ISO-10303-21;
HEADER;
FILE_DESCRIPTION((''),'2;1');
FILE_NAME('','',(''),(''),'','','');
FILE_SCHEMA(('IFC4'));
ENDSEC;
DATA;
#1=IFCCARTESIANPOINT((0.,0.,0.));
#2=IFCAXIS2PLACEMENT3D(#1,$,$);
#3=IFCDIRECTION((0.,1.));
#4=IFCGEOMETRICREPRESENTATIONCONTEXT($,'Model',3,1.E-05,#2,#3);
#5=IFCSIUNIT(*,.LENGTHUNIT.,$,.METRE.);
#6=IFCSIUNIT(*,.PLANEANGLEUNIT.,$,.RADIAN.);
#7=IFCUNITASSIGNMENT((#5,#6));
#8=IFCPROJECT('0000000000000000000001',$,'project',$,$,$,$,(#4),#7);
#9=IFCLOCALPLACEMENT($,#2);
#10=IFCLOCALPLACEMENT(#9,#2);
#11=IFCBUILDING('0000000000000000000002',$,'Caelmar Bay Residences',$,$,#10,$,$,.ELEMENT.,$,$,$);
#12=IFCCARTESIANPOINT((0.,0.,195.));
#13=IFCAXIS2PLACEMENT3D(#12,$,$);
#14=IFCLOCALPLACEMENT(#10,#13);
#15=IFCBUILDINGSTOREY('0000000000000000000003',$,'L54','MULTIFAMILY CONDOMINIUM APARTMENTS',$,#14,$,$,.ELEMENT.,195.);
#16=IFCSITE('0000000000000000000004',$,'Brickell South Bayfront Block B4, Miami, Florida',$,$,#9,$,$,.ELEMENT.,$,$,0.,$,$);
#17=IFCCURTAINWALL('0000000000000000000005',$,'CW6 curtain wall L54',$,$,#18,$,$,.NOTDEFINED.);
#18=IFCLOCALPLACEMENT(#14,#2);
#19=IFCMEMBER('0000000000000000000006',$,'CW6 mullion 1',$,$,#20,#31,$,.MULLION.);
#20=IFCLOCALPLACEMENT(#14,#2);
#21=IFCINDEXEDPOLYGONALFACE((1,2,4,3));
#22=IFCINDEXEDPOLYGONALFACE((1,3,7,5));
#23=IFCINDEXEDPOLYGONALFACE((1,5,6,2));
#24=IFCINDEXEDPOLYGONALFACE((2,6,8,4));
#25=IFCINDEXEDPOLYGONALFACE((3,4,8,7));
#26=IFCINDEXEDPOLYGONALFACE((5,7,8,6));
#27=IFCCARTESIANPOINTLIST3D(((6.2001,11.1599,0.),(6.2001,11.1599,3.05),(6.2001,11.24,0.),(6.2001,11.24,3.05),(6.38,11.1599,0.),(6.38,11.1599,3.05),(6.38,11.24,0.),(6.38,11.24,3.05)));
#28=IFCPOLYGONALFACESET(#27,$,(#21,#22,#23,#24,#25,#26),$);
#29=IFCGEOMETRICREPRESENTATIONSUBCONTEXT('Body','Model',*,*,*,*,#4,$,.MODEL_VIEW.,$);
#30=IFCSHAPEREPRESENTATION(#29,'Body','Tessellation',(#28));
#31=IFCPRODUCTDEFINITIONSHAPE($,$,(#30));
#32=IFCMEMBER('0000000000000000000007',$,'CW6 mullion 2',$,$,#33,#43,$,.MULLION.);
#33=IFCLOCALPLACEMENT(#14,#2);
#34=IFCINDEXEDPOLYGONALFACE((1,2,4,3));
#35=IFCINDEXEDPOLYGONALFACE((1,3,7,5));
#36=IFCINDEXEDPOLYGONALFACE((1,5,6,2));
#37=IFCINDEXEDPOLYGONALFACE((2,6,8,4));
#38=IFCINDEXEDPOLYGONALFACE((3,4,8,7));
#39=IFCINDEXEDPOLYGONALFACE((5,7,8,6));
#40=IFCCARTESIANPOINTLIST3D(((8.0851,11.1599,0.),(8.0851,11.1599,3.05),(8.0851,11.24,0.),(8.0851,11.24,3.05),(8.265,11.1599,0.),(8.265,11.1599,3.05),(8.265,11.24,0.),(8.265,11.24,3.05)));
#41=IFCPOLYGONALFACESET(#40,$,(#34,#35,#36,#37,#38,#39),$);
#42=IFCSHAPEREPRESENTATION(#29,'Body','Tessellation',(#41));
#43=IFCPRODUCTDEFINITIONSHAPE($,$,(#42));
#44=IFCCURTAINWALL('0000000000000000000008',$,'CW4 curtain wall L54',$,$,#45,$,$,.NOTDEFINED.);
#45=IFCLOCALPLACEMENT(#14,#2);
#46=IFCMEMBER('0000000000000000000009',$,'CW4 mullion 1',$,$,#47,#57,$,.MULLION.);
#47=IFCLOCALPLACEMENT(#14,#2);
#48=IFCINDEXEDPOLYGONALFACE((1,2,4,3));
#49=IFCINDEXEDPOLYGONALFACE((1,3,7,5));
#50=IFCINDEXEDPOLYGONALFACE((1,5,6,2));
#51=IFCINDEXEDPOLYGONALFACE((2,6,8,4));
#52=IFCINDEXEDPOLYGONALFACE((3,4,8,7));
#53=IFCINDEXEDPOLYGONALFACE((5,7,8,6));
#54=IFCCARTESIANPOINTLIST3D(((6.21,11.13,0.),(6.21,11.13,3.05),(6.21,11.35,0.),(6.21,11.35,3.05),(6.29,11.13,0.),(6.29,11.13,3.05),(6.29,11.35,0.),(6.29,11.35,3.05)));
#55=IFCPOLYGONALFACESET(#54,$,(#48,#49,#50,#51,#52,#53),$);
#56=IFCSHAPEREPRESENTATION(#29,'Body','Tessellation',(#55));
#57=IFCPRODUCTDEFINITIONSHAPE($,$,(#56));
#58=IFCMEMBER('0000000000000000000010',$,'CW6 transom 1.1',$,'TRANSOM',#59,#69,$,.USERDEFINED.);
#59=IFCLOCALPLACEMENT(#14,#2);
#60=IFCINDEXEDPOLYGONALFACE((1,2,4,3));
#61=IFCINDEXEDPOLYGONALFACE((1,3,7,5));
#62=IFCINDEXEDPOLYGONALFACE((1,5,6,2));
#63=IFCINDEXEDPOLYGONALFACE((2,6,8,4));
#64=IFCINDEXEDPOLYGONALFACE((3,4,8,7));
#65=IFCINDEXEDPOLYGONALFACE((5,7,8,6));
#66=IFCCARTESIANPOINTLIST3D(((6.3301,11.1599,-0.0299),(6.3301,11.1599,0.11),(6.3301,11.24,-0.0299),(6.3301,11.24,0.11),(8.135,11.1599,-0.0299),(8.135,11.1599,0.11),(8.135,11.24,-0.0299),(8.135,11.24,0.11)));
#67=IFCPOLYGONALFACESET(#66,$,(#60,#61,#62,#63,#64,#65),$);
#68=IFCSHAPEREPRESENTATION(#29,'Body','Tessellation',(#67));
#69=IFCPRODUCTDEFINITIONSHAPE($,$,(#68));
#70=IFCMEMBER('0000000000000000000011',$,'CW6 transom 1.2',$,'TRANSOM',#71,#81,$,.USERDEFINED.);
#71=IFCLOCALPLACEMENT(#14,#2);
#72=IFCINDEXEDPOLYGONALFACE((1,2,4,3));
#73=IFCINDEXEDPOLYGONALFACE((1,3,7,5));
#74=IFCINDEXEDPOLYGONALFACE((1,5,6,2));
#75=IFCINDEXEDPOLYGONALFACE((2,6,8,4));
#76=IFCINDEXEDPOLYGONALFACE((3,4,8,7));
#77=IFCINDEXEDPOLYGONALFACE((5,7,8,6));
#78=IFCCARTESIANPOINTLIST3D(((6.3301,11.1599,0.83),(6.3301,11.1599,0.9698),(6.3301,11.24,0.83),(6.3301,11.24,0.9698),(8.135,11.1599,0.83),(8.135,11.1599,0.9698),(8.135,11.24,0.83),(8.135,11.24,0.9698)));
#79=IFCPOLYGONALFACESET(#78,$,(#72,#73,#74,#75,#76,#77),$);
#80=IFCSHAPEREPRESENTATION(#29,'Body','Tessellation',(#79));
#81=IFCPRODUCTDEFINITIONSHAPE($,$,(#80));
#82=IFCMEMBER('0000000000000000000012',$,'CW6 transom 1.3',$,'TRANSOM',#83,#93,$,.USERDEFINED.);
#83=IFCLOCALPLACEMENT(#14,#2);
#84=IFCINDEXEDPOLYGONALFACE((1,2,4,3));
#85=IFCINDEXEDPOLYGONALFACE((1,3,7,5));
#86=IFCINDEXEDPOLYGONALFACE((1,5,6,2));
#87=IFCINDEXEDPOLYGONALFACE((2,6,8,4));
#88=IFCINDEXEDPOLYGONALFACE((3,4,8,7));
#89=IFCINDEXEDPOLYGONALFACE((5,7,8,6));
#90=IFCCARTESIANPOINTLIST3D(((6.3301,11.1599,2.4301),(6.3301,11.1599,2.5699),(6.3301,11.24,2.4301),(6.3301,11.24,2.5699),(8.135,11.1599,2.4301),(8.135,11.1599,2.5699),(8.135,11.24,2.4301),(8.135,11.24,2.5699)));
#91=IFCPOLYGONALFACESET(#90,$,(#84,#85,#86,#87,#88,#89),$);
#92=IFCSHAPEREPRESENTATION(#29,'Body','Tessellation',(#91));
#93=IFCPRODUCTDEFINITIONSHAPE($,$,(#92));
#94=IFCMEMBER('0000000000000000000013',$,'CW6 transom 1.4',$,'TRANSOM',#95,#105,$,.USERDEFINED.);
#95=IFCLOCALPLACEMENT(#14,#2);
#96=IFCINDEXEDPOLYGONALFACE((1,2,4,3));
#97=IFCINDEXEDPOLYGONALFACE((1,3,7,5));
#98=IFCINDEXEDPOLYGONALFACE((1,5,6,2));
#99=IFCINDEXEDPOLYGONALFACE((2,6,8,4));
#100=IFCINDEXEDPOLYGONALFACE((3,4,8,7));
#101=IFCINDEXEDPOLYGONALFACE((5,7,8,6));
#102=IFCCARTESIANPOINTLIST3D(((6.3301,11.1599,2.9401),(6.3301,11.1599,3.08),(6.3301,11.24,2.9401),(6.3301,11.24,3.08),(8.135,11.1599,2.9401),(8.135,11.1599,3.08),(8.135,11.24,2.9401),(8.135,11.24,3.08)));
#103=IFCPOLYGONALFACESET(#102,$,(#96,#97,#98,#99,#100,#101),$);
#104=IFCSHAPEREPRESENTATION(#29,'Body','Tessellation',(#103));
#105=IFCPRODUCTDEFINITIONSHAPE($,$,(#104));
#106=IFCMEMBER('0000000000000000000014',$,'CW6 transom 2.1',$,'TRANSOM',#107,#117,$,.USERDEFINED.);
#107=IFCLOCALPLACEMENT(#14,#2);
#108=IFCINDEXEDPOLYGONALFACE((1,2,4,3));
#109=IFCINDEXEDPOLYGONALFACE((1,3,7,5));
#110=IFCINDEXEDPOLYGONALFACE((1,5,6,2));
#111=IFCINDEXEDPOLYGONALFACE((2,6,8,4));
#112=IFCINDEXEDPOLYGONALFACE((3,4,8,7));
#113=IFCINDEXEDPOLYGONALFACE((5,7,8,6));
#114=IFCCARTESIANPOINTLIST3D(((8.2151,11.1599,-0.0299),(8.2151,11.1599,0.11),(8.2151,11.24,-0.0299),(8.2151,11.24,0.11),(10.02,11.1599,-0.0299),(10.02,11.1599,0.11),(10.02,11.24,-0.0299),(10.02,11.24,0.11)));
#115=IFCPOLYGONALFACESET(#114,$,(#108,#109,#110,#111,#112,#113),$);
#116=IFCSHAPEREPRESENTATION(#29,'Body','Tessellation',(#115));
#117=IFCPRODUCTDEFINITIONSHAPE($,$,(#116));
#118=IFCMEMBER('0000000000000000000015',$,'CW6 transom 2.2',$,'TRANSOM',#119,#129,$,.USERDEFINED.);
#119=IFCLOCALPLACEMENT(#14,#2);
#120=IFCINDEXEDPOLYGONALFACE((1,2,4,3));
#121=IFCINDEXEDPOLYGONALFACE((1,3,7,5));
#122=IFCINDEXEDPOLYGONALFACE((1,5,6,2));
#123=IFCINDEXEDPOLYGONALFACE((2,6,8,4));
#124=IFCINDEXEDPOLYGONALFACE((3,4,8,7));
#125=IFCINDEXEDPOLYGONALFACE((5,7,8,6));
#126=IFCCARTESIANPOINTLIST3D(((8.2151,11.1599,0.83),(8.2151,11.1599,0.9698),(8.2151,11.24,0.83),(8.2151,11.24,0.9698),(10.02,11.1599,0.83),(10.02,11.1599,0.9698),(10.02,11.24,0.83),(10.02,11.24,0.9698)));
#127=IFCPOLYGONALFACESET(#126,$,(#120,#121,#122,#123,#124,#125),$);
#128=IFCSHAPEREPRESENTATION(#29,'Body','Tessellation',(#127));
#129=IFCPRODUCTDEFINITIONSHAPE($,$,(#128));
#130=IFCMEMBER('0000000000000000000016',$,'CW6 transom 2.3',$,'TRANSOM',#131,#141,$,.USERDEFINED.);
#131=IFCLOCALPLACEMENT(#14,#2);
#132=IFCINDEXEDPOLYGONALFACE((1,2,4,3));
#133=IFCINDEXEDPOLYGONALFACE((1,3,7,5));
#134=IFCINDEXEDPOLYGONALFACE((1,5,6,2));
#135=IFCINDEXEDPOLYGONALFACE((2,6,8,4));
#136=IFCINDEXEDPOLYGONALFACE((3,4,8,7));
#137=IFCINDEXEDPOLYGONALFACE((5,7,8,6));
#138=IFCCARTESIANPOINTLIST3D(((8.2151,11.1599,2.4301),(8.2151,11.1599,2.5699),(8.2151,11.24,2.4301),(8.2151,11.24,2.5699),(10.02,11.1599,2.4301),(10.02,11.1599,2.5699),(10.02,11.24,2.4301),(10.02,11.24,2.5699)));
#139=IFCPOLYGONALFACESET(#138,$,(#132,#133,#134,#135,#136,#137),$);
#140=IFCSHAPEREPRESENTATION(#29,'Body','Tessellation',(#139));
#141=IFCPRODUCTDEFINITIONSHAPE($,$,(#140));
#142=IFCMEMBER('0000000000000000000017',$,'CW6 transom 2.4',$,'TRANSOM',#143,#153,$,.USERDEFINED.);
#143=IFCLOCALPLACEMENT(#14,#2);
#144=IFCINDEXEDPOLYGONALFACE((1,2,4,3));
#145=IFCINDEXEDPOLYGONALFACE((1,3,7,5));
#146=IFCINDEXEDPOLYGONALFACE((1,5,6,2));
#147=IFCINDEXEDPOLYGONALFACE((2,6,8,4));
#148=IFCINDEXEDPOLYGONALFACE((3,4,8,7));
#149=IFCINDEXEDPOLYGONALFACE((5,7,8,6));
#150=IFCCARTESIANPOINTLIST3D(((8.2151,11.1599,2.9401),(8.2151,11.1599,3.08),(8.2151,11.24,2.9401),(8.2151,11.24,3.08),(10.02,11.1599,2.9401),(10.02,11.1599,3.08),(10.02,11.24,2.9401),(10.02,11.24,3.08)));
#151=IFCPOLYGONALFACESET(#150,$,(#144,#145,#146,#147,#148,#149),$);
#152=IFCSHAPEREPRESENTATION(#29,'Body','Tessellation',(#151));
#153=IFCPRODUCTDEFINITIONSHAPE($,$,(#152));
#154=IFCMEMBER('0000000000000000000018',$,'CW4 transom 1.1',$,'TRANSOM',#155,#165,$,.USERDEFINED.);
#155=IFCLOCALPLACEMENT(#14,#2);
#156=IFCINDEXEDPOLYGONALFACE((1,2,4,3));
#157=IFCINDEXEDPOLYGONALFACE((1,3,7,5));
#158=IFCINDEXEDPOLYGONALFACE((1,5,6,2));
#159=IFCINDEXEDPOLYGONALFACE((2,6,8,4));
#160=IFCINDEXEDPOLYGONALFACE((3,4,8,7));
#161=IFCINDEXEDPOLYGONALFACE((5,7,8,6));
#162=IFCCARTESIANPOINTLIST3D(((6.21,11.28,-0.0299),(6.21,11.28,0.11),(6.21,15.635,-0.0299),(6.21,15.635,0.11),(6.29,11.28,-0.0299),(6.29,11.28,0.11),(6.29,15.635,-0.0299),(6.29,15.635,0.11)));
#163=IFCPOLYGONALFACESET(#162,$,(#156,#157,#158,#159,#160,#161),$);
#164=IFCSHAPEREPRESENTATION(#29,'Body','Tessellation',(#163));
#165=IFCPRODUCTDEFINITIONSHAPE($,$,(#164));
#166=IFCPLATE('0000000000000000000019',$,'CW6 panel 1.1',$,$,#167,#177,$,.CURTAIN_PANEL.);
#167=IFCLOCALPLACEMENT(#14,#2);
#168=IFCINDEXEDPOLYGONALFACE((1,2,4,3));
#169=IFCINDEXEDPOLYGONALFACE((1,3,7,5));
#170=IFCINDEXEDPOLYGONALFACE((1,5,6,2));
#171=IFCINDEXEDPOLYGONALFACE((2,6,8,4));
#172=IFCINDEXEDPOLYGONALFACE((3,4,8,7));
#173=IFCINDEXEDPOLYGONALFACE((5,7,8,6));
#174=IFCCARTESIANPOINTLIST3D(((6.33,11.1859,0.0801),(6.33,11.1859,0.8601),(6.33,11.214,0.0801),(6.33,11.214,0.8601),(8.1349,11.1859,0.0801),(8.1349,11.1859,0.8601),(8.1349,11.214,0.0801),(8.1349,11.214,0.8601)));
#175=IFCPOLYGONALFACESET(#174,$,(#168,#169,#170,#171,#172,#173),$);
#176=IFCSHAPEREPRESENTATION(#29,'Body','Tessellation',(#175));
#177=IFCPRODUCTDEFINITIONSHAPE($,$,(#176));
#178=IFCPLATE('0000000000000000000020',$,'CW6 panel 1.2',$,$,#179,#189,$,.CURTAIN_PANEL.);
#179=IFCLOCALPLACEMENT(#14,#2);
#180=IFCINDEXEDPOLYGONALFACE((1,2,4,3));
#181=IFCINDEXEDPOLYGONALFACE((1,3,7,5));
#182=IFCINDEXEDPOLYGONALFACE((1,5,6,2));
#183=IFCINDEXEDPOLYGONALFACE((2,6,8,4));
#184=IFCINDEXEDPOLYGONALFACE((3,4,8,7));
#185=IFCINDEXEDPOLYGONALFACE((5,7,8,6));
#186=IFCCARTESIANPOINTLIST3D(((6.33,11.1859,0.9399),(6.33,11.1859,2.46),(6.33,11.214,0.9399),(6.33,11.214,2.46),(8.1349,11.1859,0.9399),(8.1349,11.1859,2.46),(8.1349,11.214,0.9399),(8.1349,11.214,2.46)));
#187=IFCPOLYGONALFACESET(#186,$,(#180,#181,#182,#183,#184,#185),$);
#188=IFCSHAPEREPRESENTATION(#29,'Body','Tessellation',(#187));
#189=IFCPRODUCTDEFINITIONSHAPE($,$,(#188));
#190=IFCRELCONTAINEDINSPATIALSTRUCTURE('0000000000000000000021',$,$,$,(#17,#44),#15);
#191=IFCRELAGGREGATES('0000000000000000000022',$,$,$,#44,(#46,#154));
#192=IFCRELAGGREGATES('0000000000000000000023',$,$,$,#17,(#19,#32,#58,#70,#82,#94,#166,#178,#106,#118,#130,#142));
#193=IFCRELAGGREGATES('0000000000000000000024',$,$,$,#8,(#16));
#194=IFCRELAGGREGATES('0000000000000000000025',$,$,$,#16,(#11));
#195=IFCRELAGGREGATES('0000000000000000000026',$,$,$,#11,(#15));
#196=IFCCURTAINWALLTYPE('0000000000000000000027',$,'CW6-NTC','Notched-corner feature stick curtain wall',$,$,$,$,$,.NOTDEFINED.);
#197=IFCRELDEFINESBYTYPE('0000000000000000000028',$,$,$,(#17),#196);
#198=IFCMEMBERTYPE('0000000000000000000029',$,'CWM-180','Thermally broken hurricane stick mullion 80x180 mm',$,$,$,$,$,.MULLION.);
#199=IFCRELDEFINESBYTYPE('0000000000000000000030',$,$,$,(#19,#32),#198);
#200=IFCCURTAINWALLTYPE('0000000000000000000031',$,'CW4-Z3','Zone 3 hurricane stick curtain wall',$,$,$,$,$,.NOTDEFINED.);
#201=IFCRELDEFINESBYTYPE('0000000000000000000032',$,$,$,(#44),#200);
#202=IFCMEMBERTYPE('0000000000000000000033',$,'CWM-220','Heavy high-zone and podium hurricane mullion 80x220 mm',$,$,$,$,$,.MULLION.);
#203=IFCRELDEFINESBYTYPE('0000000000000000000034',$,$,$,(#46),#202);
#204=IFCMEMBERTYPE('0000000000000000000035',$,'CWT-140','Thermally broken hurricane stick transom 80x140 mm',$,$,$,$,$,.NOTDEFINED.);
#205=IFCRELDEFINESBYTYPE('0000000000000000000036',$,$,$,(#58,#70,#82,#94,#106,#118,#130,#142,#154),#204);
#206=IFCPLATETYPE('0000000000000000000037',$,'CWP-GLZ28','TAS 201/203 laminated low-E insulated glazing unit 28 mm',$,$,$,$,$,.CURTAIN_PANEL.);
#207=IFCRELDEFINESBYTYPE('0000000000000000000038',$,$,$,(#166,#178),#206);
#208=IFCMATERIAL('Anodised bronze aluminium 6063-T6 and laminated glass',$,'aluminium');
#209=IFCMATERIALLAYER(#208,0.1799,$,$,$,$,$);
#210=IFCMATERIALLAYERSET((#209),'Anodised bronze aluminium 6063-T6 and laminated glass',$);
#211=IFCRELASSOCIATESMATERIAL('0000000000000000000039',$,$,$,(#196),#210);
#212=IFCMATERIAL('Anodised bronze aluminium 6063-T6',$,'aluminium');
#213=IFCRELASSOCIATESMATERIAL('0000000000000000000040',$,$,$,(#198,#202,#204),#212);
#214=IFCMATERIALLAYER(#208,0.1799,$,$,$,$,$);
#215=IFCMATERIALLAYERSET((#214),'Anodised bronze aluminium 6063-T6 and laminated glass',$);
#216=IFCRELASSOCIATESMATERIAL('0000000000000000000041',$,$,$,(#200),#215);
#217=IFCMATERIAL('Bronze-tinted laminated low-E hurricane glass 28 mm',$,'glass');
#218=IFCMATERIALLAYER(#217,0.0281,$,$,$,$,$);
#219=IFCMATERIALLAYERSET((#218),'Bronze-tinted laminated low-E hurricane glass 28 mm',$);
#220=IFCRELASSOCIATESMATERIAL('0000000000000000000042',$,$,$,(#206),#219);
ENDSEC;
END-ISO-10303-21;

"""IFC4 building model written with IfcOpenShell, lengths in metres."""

from ifc_helpers import new_model, si_unit, direction, frame, origin, origin_2d, place, context, subcontext, project, spatial, rectangle, extrude, material, layer, layer_set, material_profile, profile_set, type_object, element, aggregate, save


model = new_model("IFC4")

# Units and contexts
model_context = context("Model", 3, precision=1e-05, world=origin(), true_north=direction((0.0, 1.0)))
body_context = subcontext(model_context, "Body", "Model", "MODEL_VIEW")
ifc_project = project(units=[si_unit("LENGTHUNIT", "METRE"), si_unit("PLANEANGLEUNIT", "RADIAN")], contexts=[model_context])

# Site, building, storey
site_placement = place(None, origin())
site = spatial("IfcSite", under=ifc_project, at=site_placement, Name="Brickell South Bayfront Block B4, Miami, Florida", CompositionType="ELEMENT", RefElevation=0.0)
building_placement = place(site_placement, origin())
building = spatial("IfcBuilding", under=site, at=building_placement, Name="Caelmar Bay Residences", CompositionType="ELEMENT")
storey_placement = place(building_placement, frame((0.0, 0.0, 195.0)))
storey = spatial("IfcBuildingStorey", under=building, at=storey_placement, Name="L54", Description="MULTIFAMILY CONDOMINIUM APARTMENTS", CompositionType="ELEMENT", Elevation=195.0)

# Curtain wall, members
ifc_material_1 = material(Name="Anodised bronze aluminium 6063-T6 and laminated glass", Category="aluminium")
ifc_layer_1 = layer(ifc_material_1, 0.1799)
ifc_layer_set_1 = layer_set([ifc_layer_1], Name="Anodised bronze aluminium 6063-T6 and laminated glass")
curtain_wall_type_1 = type_object("IfcCurtainWallType", Name="CW6-NTC", Description="Notched-corner feature stick curtain wall", PredefinedType="NOTDEFINED", material=ifc_layer_set_1)
curtain_wall_1_placement = place(storey_placement, origin())
curtain_wall_1 = element("IfcCurtainWall", 1, at=curtain_wall_1_placement, inside=storey, type_object=curtain_wall_type_1, Name="CW6 curtain wall L54", PredefinedType="NOTDEFINED")
ifc_material_2 = material(Name="Anodised bronze aluminium 6063-T6", Category="aluminium")
ifc_material_profile_1 = material_profile(ifc_material_2, rectangle(XDim=0.0801, YDim=0.1799, at=origin_2d()), Name="CWM-80X180")
ifc_profile_set_1 = profile_set([ifc_material_profile_1], Name="Anodised bronze aluminium 6063-T6")
member_type_1 = type_object("IfcMemberType", Name="CWM-180", Description="Thermally broken hurricane stick mullion 80x180 mm", PredefinedType="MULLION", material=ifc_profile_set_1)
member_1_placement = place(storey_placement, frame((6.29, 11.2, 0.0), z_axis=(0.0, 0.0, 1.0), x_axis=(0.0, 1.0, 0.0)))
member_1 = element("IfcMember", 2, at=member_1_placement, type_object=member_type_1, Name="CW6 mullion 1", PredefinedType="MULLION", context=body_context, shape_type="SweptSolid", body=[
    extrude(rectangle(XDim=0.0801, YDim=0.1799, at=origin_2d()), origin(), (0.0, 0.0, 1.0), 3.05),
])
member_2_placement = place(storey_placement, frame((8.175, 11.2, 0.0), z_axis=(0.0, 0.0, 1.0), x_axis=(0.0, 1.0, 0.0)))
member_2 = element("IfcMember", 3, at=member_2_placement, type_object=member_type_1, Name="CW6 mullion 2", PredefinedType="MULLION", context=body_context, shape_type="SweptSolid", body=[
    extrude(rectangle(XDim=0.0801, YDim=0.1799, at=origin_2d()), origin(), (0.0, 0.0, 1.0), 3.05),
])

# Curtain wall, member
ifc_layer_2 = layer(ifc_material_1, 0.1799)
ifc_layer_set_2 = layer_set([ifc_layer_2], Name="Anodised bronze aluminium 6063-T6 and laminated glass")
curtain_wall_type_2 = type_object("IfcCurtainWallType", Name="CW4-Z3", Description="Zone 3 hurricane stick curtain wall", PredefinedType="NOTDEFINED", material=ifc_layer_set_2)
curtain_wall_2_placement = place(storey_placement, origin())
curtain_wall_2 = element("IfcCurtainWall", 4, at=curtain_wall_2_placement, inside=storey, type_object=curtain_wall_type_2, Name="CW4 curtain wall L54", PredefinedType="NOTDEFINED")
ifc_material_profile_2 = material_profile(ifc_material_2, rectangle(XDim=0.0801, YDim=0.22, at=origin_2d()), Name="CWM-80X220")
ifc_profile_set_2 = profile_set([ifc_material_profile_2], Name="Anodised bronze aluminium 6063-T6")
member_type_2 = type_object("IfcMemberType", Name="CWM-220", Description="Heavy high-zone and podium hurricane mullion 80x220 mm", PredefinedType="MULLION", material=ifc_profile_set_2)
member_3_placement = place(storey_placement, frame((6.25, 11.24, 0.0), z_axis=(0.0, 0.0, 1.0), x_axis=(-1.0, 0.0, 0.0)))
member_3 = element("IfcMember", 5, at=member_3_placement, type_object=member_type_2, Name="CW4 mullion 1", PredefinedType="MULLION", context=body_context, shape_type="SweptSolid", body=[
    extrude(rectangle(XDim=0.0801, YDim=0.22, at=origin_2d()), origin(), (0.0, 0.0, 1.0), 3.05),
])

# Members
ifc_material_profile_3 = material_profile(ifc_material_2, rectangle(XDim=0.0801, YDim=0.1399, at=origin_2d()), Name="CWT-80X140")
ifc_profile_set_3 = profile_set([ifc_material_profile_3], Name="Anodised bronze aluminium 6063-T6")
member_type_3 = type_object("IfcMemberType", Name="CWT-140", Description="Thermally broken hurricane stick transom 80x140 mm", PredefinedType="NOTDEFINED", material=ifc_profile_set_3)
member_4_placement = place(storey_placement, frame((6.3301, 11.2, 0.04), z_axis=(1.0, 0.0, 0.0), x_axis=(0.0, 1.0, 0.0)))
member_4 = element("IfcMember", 6, at=member_4_placement, type_object=member_type_3, Name="CW6 transom 1.1", ObjectType="TRANSOM", PredefinedType="USERDEFINED", context=body_context, shape_type="SweptSolid", body=[
    extrude(rectangle(XDim=0.0801, YDim=0.1399, at=origin_2d()), origin(), (0.0, 0.0, 1.0), 1.8049),
])
member_5_placement = place(storey_placement, frame((6.3301, 11.2, 0.8999), z_axis=(1.0, 0.0, 0.0), x_axis=(0.0, 1.0, 0.0)))
member_5 = element("IfcMember", 7, at=member_5_placement, type_object=member_type_3, Name="CW6 transom 1.2", ObjectType="TRANSOM", PredefinedType="USERDEFINED", context=body_context, shape_type="SweptSolid", body=[
    extrude(rectangle(XDim=0.0801, YDim=0.1399, at=origin_2d()), origin(), (0.0, 0.0, 1.0), 1.8049),
])
member_6_placement = place(storey_placement, frame((6.3301, 11.2, 2.5), z_axis=(1.0, 0.0, 0.0), x_axis=(0.0, 1.0, 0.0)))
member_6 = element("IfcMember", 8, at=member_6_placement, type_object=member_type_3, Name="CW6 transom 1.3", ObjectType="TRANSOM", PredefinedType="USERDEFINED", context=body_context, shape_type="SweptSolid", body=[
    extrude(rectangle(XDim=0.0801, YDim=0.1399, at=origin_2d()), origin(), (0.0, 0.0, 1.0), 1.8049),
])
member_7_placement = place(storey_placement, frame((6.3301, 11.2, 3.01), z_axis=(1.0, 0.0, 0.0), x_axis=(0.0, 1.0, 0.0)))
member_7 = element("IfcMember", 9, at=member_7_placement, type_object=member_type_3, Name="CW6 transom 1.4", ObjectType="TRANSOM", PredefinedType="USERDEFINED", context=body_context, shape_type="SweptSolid", body=[
    extrude(rectangle(XDim=0.0801, YDim=0.1399, at=origin_2d()), origin(), (0.0, 0.0, 1.0), 1.8049),
])
member_8_placement = place(storey_placement, frame((8.2151, 11.2, 0.04), z_axis=(1.0, 0.0, 0.0), x_axis=(0.0, 1.0, 0.0)))
member_8 = element("IfcMember", 10, at=member_8_placement, type_object=member_type_3, Name="CW6 transom 2.1", ObjectType="TRANSOM", PredefinedType="USERDEFINED", context=body_context, shape_type="SweptSolid", body=[
    extrude(rectangle(XDim=0.0801, YDim=0.1399, at=origin_2d()), origin(), (0.0, 0.0, 1.0), 1.8049),
])
member_9_placement = place(storey_placement, frame((8.2151, 11.2, 0.8999), z_axis=(1.0, 0.0, 0.0), x_axis=(0.0, 1.0, 0.0)))
member_9 = element("IfcMember", 11, at=member_9_placement, type_object=member_type_3, Name="CW6 transom 2.2", ObjectType="TRANSOM", PredefinedType="USERDEFINED", context=body_context, shape_type="SweptSolid", body=[
    extrude(rectangle(XDim=0.0801, YDim=0.1399, at=origin_2d()), origin(), (0.0, 0.0, 1.0), 1.8049),
])
member_10_placement = place(storey_placement, frame((8.2151, 11.2, 2.5), z_axis=(1.0, 0.0, 0.0), x_axis=(0.0, 1.0, 0.0)))
member_10 = element("IfcMember", 12, at=member_10_placement, type_object=member_type_3, Name="CW6 transom 2.3", ObjectType="TRANSOM", PredefinedType="USERDEFINED", context=body_context, shape_type="SweptSolid", body=[
    extrude(rectangle(XDim=0.0801, YDim=0.1399, at=origin_2d()), origin(), (0.0, 0.0, 1.0), 1.8049),
])
member_11_placement = place(storey_placement, frame((8.2151, 11.2, 3.01), z_axis=(1.0, 0.0, 0.0), x_axis=(0.0, 1.0, 0.0)))
member_11 = element("IfcMember", 13, at=member_11_placement, type_object=member_type_3, Name="CW6 transom 2.4", ObjectType="TRANSOM", PredefinedType="USERDEFINED", context=body_context, shape_type="SweptSolid", body=[
    extrude(rectangle(XDim=0.0801, YDim=0.1399, at=origin_2d()), origin(), (0.0, 0.0, 1.0), 1.8049),
])
member_12_placement = place(storey_placement, frame((6.25, 11.28, 0.04), z_axis=(0.0, 1.0, 0.0), x_axis=(-1.0, 0.0, 0.0)))
member_12 = element("IfcMember", 14, at=member_12_placement, type_object=member_type_3, Name="CW4 transom 1.1", ObjectType="TRANSOM", PredefinedType="USERDEFINED", context=body_context, shape_type="SweptSolid", body=[
    extrude(rectangle(XDim=0.0801, YDim=0.1399, at=origin_2d()), origin(), (0.0, 0.0, 1.0), 4.355),
])
aggregate(curtain_wall_2, [member_3, member_12])

# Plates
ifc_material_3 = material(Name="Bronze-tinted laminated low-E hurricane glass 28 mm", Category="glass")
ifc_layer_3 = layer(ifc_material_3, 0.0281)
ifc_layer_set_3 = layer_set([ifc_layer_3], Name="Bronze-tinted laminated low-E hurricane glass 28 mm")
plate_type = type_object("IfcPlateType", Name="CWP-GLZ28", Description="TAS 201/203 laminated low-E insulated glazing unit 28 mm", PredefinedType="CURTAIN_PANEL", material=ifc_layer_set_3)
plate_1_placement = place(storey_placement, frame((7.2324, 11.2, 0.0801), z_axis=(0.0, 0.0, 1.0), x_axis=(1.0, 0.0, 0.0)))
plate_1 = element("IfcPlate", 15, at=plate_1_placement, type_object=plate_type, Name="CW6 panel 1.1", PredefinedType="CURTAIN_PANEL", context=body_context, shape_type="SweptSolid", body=[
    extrude(rectangle(XDim=1.8049, YDim=0.0281, at=origin_2d()), origin(), (0.0, 0.0, 1.0), 0.78),
])
plate_2_placement = place(storey_placement, frame((7.2324, 11.2, 0.9399), z_axis=(0.0, 0.0, 1.0), x_axis=(1.0, 0.0, 0.0)))
plate_2 = element("IfcPlate", 16, at=plate_2_placement, type_object=plate_type, Name="CW6 panel 1.2", PredefinedType="CURTAIN_PANEL", context=body_context, shape_type="SweptSolid", body=[
    extrude(rectangle(XDim=1.8049, YDim=0.0281, at=origin_2d()), origin(), (0.0, 0.0, 1.0), 1.52),
])
aggregate(curtain_wall_1, [member_1, member_2, member_4, member_5, member_6, member_7, plate_1, plate_2, member_8, member_9, member_10, member_11])

save(model, "model.ifc")
